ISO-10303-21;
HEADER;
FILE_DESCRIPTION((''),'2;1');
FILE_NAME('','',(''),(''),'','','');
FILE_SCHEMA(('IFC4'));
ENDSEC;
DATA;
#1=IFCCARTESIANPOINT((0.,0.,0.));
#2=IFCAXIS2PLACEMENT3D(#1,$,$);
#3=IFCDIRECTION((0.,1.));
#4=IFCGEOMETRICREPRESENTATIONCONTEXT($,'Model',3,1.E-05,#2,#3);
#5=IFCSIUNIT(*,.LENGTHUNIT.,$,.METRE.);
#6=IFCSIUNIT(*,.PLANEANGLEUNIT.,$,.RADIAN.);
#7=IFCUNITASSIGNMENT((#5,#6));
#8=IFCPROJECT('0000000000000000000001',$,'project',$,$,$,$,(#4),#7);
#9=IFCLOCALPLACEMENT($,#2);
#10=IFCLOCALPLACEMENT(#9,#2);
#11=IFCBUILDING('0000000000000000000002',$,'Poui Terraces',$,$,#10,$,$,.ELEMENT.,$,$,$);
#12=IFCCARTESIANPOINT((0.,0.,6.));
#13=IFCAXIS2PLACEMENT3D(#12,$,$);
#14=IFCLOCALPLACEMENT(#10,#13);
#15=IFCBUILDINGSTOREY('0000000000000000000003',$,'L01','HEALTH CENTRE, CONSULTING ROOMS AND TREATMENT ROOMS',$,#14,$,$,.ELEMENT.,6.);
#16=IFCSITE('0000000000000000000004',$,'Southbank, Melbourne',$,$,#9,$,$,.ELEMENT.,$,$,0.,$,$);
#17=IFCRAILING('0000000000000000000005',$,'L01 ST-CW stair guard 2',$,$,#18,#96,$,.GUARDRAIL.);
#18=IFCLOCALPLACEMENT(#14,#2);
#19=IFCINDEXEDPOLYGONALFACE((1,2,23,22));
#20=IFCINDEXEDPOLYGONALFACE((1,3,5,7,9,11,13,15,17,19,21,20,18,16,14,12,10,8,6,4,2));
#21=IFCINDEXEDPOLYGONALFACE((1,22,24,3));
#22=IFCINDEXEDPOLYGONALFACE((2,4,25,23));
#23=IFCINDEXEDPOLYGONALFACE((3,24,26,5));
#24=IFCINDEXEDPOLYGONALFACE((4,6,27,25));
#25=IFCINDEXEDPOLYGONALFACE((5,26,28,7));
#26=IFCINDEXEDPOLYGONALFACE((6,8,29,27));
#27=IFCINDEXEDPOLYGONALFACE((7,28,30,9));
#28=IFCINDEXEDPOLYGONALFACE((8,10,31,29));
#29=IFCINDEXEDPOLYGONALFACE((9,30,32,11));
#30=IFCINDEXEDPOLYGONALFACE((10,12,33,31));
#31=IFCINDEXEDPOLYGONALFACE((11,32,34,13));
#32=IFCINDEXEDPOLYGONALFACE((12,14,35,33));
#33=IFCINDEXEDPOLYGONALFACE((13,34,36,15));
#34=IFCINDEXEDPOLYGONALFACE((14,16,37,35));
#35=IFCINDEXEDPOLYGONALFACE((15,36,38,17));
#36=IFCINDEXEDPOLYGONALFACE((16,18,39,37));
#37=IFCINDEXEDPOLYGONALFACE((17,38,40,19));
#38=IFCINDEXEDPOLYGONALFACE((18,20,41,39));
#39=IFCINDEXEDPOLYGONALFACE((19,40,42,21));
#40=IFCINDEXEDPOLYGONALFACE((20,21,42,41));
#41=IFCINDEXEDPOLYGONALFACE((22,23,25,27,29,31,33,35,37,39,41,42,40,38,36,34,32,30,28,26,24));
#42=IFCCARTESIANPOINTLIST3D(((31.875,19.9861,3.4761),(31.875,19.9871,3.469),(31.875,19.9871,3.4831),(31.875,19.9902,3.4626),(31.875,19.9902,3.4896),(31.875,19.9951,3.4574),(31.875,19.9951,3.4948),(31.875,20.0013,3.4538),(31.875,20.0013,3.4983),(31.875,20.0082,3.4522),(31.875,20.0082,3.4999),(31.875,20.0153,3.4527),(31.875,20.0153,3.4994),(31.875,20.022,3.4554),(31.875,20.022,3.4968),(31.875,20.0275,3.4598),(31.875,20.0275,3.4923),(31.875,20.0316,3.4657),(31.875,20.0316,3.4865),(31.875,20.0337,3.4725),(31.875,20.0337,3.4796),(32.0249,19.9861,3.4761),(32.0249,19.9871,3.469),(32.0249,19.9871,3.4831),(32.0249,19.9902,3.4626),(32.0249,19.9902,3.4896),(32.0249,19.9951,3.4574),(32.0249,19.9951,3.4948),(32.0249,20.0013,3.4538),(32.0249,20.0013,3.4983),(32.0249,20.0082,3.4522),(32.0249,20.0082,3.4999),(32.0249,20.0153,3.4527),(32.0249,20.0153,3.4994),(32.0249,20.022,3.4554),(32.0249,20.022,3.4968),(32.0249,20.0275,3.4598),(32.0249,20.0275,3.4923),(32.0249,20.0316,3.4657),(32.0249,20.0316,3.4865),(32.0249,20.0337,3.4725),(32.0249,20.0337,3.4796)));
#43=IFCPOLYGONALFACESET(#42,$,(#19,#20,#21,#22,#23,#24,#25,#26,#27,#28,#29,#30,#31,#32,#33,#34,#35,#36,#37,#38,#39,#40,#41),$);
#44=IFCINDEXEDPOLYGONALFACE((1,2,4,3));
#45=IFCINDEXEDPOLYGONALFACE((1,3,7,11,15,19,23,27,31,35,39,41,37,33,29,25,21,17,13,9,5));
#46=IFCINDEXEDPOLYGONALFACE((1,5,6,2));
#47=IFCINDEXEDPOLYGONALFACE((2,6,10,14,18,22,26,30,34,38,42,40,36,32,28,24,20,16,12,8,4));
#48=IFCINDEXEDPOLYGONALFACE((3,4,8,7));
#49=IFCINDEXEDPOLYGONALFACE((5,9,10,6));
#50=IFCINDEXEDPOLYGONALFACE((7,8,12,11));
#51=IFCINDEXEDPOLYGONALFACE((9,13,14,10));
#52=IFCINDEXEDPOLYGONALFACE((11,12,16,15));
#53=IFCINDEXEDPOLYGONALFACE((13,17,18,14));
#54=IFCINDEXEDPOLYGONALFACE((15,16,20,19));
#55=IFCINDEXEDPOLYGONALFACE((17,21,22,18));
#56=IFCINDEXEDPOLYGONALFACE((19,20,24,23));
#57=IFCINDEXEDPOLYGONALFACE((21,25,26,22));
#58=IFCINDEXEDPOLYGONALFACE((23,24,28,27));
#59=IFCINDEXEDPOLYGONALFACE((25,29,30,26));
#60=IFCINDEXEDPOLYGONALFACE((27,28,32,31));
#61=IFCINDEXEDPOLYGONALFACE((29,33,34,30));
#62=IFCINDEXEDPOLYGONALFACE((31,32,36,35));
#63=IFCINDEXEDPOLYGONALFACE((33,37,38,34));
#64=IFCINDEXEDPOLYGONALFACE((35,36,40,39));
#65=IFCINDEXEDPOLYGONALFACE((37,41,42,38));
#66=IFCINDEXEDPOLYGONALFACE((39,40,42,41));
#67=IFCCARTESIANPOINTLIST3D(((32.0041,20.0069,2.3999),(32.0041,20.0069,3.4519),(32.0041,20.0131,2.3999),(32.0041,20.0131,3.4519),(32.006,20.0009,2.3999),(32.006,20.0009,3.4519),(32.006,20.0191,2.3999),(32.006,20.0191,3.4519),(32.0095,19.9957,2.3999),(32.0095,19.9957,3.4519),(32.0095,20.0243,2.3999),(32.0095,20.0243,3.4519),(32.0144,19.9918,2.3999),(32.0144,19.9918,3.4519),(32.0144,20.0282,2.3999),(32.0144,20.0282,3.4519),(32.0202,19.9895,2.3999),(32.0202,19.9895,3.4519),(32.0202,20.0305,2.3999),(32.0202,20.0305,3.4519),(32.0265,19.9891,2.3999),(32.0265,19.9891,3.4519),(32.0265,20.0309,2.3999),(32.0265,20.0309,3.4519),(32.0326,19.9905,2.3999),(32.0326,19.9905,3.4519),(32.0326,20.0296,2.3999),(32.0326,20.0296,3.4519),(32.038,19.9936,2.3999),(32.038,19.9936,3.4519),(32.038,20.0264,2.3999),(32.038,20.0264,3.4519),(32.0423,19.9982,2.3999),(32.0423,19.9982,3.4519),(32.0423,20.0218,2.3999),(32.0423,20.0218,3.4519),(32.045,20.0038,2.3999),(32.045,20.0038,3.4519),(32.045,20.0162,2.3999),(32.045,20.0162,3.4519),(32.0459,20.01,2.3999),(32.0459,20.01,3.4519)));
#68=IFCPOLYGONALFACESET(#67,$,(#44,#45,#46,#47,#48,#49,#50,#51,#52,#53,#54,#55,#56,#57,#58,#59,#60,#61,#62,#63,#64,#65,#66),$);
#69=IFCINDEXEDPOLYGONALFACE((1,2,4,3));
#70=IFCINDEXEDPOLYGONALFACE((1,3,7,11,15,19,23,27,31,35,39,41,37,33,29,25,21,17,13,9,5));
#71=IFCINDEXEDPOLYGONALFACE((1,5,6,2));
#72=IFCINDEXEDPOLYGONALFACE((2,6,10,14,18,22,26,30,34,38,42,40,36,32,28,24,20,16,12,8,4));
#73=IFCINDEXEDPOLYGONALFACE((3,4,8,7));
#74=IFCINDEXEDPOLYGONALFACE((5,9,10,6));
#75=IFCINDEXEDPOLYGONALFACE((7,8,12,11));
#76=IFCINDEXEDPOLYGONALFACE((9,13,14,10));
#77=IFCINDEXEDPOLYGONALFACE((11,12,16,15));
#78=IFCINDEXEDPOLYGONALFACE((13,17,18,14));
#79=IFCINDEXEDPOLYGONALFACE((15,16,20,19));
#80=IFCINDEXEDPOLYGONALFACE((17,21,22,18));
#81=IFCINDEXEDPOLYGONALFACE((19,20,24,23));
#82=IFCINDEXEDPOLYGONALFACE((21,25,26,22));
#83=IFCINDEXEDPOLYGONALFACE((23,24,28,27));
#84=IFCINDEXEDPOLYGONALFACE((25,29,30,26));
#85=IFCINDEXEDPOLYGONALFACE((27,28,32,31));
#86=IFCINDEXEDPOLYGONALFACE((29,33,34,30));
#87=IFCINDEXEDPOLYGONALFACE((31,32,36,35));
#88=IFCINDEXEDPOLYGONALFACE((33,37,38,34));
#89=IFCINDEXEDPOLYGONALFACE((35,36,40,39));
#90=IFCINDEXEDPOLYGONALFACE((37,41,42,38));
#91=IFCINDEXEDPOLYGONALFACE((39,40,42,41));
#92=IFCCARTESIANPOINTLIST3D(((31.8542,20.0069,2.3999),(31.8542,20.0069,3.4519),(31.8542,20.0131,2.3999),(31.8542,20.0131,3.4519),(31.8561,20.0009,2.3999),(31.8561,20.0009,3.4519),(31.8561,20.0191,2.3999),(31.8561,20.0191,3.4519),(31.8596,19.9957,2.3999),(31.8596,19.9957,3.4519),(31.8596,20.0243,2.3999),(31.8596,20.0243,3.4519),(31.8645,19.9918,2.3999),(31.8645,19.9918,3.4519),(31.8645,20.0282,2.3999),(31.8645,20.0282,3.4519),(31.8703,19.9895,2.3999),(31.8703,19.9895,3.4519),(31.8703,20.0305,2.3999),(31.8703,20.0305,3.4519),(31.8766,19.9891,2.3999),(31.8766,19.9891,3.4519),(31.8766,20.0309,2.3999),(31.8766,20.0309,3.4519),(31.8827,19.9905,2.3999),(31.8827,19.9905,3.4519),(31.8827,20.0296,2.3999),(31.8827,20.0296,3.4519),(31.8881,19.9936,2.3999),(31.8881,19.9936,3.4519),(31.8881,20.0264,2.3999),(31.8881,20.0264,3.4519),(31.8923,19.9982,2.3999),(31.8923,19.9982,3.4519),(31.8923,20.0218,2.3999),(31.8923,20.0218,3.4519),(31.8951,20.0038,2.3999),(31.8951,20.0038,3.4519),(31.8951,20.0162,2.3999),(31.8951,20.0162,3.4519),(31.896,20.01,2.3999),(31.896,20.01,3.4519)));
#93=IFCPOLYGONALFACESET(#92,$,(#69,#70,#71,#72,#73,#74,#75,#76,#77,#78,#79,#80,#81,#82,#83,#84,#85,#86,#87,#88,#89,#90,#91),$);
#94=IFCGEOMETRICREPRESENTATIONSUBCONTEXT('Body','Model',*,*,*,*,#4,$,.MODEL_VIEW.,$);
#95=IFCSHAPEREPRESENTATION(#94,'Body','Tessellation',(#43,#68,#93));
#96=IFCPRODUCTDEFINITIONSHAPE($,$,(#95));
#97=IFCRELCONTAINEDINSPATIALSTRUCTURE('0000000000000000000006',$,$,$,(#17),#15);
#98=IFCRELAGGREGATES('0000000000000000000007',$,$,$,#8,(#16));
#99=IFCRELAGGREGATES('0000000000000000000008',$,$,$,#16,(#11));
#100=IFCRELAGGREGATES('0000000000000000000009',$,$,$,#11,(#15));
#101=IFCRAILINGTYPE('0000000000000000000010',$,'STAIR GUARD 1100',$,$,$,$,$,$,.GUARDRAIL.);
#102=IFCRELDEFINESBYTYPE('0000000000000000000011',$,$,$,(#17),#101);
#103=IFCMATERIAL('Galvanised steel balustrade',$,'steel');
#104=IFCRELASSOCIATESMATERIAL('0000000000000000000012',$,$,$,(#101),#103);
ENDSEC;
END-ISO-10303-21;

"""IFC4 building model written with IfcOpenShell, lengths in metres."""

from ifc_helpers import new_model, si_unit, direction, frame, origin, origin_2d, place, context, subcontext, project, spatial, circle, extrude, material, type_object, element, save


model = new_model("IFC4")

# Units and contexts
model_context = context("Model", 3, precision=1e-05, world=origin(), true_north=direction((0.0, 1.0)))
body_context = subcontext(model_context, "Body", "Model", "MODEL_VIEW")
ifc_project = project(units=[si_unit("LENGTHUNIT", "METRE"), si_unit("PLANEANGLEUNIT", "RADIAN")], contexts=[model_context])

# Site, building, storey
site_placement = place(None, origin())
site = spatial("IfcSite", under=ifc_project, at=site_placement, Name="Southbank, Melbourne", CompositionType="ELEMENT", RefElevation=0.0)
building_placement = place(site_placement, origin())
building = spatial("IfcBuilding", under=site, at=building_placement, Name="Poui Terraces", CompositionType="ELEMENT")
storey_placement = place(building_placement, frame((0.0, 0.0, 6.0)))
storey = spatial("IfcBuildingStorey", under=building, at=storey_placement, Name="L01", Description="HEALTH CENTRE, CONSULTING ROOMS AND TREATMENT ROOMS", CompositionType="ELEMENT", Elevation=6.0)

# Railing
ifc_material_1 = material(Name="Galvanised steel balustrade", Category="steel")
railing_type_1 = type_object("IfcRailingType", Name="STAIR GUARD 1100", PredefinedType="GUARDRAIL", material=ifc_material_1)
railing_1_placement = place(storey_placement, frame((32.0249, 20.01, 2.3999)))
element("IfcRailing", 1, at=railing_1_placement, inside=storey, type_object=railing_type_1, Name="L01 ST-CW stair guard 2", PredefinedType="GUARDRAIL", context=body_context, shape_type="SweptSolid", body=[
    extrude(circle(Radius=0.0239, at=origin_2d()), frame((0.0, 0.0, 1.0762), z_axis=(-1.0, 0.0, 0.0), x_axis=(0.0, -1.0, 0.0)), (0.0, 0.0, 1.0), 0.1499),
    extrude(circle(Radius=0.021, at=origin_2d()), origin(), (0.0, 0.0, 1.0), 1.052),
    extrude(circle(Radius=0.021, at=origin_2d()), frame((-0.1499, 0.0, 0.0)), (0.0, 0.0, 1.0), 1.052),
])

save(model, "model.ifc")
